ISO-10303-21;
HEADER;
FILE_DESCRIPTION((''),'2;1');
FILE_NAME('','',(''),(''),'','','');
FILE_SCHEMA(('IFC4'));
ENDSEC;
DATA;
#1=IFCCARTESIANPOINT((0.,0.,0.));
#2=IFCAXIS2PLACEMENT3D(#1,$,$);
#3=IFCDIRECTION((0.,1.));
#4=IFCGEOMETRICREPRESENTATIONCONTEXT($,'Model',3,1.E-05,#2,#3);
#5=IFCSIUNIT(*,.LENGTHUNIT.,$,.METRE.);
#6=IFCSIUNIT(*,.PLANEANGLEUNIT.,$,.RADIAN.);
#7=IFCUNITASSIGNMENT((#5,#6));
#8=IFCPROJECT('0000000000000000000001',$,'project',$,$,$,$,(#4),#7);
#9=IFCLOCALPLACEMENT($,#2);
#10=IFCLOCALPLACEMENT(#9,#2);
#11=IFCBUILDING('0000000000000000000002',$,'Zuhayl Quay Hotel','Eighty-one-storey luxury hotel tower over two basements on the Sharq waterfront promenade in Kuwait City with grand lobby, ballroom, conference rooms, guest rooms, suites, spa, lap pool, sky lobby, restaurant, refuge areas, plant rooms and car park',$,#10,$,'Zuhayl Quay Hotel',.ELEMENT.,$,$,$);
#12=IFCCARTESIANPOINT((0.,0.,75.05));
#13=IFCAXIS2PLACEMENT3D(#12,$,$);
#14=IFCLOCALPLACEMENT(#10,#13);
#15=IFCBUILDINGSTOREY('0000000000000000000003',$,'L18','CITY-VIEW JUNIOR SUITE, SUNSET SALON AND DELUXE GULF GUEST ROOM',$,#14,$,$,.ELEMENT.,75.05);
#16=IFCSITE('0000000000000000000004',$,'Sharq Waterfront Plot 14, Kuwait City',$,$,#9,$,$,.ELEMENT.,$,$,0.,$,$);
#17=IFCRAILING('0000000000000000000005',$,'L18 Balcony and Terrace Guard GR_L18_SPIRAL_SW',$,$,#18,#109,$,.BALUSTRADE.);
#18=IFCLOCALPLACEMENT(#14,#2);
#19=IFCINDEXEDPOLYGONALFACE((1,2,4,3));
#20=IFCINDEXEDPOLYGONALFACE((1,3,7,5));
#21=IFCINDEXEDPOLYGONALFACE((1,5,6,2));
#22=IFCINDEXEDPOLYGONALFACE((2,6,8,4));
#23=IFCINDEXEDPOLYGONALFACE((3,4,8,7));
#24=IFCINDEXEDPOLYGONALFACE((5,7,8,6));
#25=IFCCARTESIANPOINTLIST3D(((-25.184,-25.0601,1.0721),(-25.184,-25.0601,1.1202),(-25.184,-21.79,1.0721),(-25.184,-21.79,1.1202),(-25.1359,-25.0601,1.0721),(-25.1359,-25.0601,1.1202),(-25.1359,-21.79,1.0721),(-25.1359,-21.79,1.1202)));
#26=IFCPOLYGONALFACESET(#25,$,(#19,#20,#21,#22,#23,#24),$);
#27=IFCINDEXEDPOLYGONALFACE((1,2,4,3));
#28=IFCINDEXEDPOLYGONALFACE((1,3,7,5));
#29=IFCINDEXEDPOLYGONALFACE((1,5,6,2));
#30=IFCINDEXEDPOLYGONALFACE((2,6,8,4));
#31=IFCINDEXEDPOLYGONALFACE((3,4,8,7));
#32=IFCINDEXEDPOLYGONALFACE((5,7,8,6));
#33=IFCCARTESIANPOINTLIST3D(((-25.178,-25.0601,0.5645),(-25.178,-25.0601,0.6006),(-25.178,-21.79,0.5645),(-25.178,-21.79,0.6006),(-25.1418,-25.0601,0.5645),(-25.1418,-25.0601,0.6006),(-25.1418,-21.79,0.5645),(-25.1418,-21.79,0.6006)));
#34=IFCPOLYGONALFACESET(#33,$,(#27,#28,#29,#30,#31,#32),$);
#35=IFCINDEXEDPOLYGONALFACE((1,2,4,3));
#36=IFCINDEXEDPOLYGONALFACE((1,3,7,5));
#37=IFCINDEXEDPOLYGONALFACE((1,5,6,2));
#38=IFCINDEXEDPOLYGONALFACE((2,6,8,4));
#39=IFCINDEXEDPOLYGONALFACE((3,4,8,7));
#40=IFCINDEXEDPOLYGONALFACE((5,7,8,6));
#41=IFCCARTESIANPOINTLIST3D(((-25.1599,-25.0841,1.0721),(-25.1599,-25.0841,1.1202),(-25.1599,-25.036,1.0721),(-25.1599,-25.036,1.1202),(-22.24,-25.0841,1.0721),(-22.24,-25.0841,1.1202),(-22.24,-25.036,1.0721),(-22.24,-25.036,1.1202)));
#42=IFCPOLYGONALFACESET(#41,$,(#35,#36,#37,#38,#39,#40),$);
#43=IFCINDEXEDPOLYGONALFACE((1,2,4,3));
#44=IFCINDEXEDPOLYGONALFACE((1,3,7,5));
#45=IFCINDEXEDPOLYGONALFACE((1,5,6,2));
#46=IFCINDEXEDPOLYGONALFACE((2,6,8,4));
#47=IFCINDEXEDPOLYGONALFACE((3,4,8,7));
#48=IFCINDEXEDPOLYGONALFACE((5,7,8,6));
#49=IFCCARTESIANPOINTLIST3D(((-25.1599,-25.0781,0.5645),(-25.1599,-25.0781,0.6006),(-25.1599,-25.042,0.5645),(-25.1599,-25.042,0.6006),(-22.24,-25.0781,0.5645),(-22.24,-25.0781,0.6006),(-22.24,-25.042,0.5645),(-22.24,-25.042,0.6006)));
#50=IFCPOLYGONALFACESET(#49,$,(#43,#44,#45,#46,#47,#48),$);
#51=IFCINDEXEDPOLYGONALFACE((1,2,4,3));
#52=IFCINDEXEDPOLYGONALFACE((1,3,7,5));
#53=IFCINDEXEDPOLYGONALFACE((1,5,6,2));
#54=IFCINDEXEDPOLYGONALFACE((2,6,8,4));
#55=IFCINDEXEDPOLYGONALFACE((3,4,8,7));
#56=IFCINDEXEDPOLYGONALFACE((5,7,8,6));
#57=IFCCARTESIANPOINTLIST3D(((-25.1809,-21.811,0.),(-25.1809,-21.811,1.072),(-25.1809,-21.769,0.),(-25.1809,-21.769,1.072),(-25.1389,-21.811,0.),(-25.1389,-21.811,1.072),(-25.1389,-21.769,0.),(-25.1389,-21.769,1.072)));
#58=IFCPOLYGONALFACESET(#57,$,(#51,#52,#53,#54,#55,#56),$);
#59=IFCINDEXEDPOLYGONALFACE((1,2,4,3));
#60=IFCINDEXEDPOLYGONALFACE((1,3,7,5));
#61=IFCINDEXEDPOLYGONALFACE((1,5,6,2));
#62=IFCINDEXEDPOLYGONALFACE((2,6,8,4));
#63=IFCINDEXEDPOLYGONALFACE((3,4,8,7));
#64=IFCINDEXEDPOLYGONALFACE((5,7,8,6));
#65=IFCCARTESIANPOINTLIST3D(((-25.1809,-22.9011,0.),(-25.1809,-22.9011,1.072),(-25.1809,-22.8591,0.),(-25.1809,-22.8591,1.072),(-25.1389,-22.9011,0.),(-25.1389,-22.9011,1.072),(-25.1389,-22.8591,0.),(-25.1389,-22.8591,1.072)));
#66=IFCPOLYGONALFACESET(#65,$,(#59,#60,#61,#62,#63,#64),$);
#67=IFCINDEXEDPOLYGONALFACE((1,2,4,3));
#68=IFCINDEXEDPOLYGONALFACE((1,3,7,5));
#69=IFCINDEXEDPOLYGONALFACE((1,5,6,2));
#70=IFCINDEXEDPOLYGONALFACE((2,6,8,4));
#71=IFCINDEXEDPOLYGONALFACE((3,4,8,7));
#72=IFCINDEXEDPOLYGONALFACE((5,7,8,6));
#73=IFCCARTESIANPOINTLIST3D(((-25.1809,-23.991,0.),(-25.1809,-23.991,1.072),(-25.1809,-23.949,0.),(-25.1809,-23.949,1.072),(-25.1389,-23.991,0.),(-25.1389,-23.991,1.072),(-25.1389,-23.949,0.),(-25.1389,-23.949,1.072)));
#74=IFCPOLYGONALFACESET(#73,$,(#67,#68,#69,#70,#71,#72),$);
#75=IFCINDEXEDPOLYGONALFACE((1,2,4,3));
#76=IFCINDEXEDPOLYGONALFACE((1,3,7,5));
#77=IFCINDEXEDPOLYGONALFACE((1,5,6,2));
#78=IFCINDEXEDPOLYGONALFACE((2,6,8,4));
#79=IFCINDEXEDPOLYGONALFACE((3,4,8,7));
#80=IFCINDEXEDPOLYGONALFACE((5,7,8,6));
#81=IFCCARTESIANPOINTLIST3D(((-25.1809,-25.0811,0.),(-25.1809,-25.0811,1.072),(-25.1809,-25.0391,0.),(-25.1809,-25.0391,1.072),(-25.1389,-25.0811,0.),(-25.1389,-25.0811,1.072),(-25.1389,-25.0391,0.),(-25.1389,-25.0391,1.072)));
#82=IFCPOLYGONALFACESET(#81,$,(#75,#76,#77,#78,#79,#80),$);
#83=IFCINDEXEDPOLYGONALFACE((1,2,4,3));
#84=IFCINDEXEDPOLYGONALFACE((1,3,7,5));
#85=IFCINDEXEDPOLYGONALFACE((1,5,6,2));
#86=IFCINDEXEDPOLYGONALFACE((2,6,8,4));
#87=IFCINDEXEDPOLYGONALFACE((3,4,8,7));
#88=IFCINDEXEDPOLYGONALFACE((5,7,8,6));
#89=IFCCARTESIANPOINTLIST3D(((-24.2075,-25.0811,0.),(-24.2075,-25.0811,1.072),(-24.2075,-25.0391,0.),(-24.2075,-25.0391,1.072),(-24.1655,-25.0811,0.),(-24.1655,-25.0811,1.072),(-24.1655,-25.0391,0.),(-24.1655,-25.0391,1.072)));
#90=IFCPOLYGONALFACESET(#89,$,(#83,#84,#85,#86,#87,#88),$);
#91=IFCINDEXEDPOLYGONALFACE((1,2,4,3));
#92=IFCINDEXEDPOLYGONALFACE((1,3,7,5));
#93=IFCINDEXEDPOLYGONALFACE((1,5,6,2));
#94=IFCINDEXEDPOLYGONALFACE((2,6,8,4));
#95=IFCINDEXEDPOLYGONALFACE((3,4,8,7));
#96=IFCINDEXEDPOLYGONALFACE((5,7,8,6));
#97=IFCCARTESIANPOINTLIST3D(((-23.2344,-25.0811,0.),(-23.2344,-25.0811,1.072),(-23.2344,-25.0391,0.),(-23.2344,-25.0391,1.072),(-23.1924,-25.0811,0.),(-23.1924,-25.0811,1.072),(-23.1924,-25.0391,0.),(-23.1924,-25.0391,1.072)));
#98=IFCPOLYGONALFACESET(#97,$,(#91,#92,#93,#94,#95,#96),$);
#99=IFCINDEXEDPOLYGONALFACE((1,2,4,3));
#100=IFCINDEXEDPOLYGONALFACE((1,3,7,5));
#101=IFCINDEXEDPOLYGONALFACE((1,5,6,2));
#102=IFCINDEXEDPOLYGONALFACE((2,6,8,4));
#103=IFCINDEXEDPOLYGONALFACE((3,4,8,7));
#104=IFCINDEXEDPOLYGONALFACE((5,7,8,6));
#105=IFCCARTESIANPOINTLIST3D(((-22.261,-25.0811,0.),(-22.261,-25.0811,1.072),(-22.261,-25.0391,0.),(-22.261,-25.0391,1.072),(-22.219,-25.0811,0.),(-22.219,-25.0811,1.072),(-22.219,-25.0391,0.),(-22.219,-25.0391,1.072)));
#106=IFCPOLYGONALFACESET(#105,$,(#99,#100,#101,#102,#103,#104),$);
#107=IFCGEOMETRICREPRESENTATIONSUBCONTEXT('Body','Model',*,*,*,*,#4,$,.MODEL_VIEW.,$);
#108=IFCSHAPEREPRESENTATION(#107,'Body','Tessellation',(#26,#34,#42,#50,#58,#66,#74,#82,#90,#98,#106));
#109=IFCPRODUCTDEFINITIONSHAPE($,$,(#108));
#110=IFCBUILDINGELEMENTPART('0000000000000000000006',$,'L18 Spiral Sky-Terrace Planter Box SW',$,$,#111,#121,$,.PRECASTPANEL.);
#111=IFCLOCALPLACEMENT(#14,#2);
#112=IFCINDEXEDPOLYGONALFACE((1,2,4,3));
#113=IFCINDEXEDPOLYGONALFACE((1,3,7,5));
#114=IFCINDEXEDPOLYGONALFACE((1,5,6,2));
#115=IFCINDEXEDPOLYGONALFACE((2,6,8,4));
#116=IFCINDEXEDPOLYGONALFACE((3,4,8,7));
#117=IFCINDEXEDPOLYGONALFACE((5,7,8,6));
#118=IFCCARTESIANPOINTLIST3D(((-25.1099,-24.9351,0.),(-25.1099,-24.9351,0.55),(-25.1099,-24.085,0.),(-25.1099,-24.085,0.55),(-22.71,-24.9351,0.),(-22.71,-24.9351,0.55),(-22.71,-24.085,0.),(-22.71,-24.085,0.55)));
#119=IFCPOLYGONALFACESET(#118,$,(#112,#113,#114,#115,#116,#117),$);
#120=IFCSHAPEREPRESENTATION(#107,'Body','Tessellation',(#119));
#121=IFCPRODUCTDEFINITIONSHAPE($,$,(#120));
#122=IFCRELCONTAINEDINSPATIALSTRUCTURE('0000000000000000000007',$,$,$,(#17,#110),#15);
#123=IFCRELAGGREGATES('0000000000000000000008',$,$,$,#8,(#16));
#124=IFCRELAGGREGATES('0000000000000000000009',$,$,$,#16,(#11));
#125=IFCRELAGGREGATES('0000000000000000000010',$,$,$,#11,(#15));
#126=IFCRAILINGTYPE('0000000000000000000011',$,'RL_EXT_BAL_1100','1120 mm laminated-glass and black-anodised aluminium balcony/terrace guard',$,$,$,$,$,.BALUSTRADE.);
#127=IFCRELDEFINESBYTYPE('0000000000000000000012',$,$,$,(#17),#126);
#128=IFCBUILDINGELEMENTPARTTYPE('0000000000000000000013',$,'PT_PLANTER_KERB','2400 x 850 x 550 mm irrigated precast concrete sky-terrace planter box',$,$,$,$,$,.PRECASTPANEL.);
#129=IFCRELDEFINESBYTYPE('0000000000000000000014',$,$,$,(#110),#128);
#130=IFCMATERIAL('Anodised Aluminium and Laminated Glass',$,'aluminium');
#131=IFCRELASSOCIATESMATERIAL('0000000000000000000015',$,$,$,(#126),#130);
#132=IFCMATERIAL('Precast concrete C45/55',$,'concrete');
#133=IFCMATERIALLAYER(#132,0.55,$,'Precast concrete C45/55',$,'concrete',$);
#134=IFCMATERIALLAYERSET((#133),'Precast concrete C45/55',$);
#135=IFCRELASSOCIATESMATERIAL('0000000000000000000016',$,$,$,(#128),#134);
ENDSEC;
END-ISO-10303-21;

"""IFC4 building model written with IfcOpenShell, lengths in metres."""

from ifc_helpers import new_model, si_unit, direction, frame, origin, origin_2d, place, context, subcontext, project, spatial, rectangle, extrude, material, layer, layer_set, type_object, element, save


model = new_model("IFC4")

# Units and contexts
model_context = context("Model", 3, precision=1e-05, world=origin(), true_north=direction((0.0, 1.0)))
body_context = subcontext(model_context, "Body", "Model", "MODEL_VIEW")
ifc_project = project(units=[si_unit("LENGTHUNIT", "METRE"), si_unit("PLANEANGLEUNIT", "RADIAN")], contexts=[model_context])

# Site, building, storey
site_placement = place(None, origin())
site = spatial("IfcSite", under=ifc_project, at=site_placement, Name="Sharq Waterfront Plot 14, Kuwait City", CompositionType="ELEMENT", RefElevation=0.0)
building_placement = place(site_placement, origin())
building = spatial("IfcBuilding", under=site, at=building_placement, Name="Zuhayl Quay Hotel", Description="Eighty-one-storey luxury hotel tower over two basements on the Sharq waterfront promenade in Kuwait City with grand lobby, ballroom, conference rooms, guest rooms, suites, spa, lap pool, sky lobby, restaurant, refuge areas, plant rooms and car park", LongName="Zuhayl Quay Hotel", CompositionType="ELEMENT")
storey_placement = place(building_placement, frame((0.0, 0.0, 75.05)))
storey = spatial("IfcBuildingStorey", under=building, at=storey_placement, Name="L18", Description="CITY-VIEW JUNIOR SUITE, SUNSET SALON AND DELUXE GULF GUEST ROOM", CompositionType="ELEMENT", Elevation=75.05)

# Shared definitions
ifc_material_1 = material(Name="Precast concrete C45/55", Category="concrete")

# Railing
ifc_material_2 = material(Name="Anodised Aluminium and Laminated Glass", Category="aluminium")
railing_type = type_object("IfcRailingType", Name="RL_EXT_BAL_1100", Description="1120 mm laminated-glass and black-anodised aluminium balcony/terrace guard", PredefinedType="BALUSTRADE", material=ifc_material_2)
railing_1_placement = place(storey_placement, frame((-25.1599, -21.79, 0.0)))
element("IfcRailing", 1, at=railing_1_placement, inside=storey, type_object=railing_type, Name="L18 Balcony and Terrace Guard GR_L18_SPIRAL_SW", PredefinedType="BALUSTRADE", context=body_context, shape_type="SweptSolid", body=[
    extrude(rectangle(XDim=0.0481, YDim=0.0481, at=origin_2d()), frame((0.0, 0.0, 1.0962), z_axis=(0.0, -1.0, 0.0), x_axis=(1.0, 0.0, 0.0)), (0.0, 0.0, 1.0), 3.27),
    extrude(rectangle(XDim=0.0361, YDim=0.0361, at=origin_2d()), frame((0.0, 0.0, 0.5825), z_axis=(0.0, -1.0, 0.0), x_axis=(1.0, 0.0, 0.0)), (0.0, 0.0, 1.0), 3.27),
    extrude(rectangle(XDim=0.0481, YDim=0.0481, at=origin_2d()), frame((0.0, -3.27, 1.0962), z_axis=(1.0, 0.0, 0.0), x_axis=(0.0, 1.0, 0.0)), (0.0, 0.0, 1.0), 2.9199),
    extrude(rectangle(XDim=0.0361, YDim=0.0361, at=origin_2d()), frame((0.0, -3.27, 0.5825), z_axis=(1.0, 0.0, 0.0), x_axis=(0.0, 1.0, 0.0)), (0.0, 0.0, 1.0), 2.9199),
    extrude(rectangle(XDim=0.042, YDim=0.042, at=origin_2d()), origin(), (0.0, 0.0, 1.0), 1.072),
    extrude(rectangle(XDim=0.042, YDim=0.042, at=origin_2d()), frame((0.0, -1.0901, 0.0)), (0.0, 0.0, 1.0), 1.072),
    extrude(rectangle(XDim=0.042, YDim=0.042, at=origin_2d()), frame((0.0, -2.1799, 0.0)), (0.0, 0.0, 1.0), 1.072),
    extrude(rectangle(XDim=0.042, YDim=0.042, at=origin_2d()), frame((0.0, -3.27, 0.0)), (0.0, 0.0, 1.0), 1.072),
    extrude(rectangle(XDim=0.042, YDim=0.042, at=origin_2d()), frame((0.9734, -3.27, 0.0)), (0.0, 0.0, 1.0), 1.072),
    extrude(rectangle(XDim=0.042, YDim=0.042, at=origin_2d()), frame((1.9465, -3.27, 0.0)), (0.0, 0.0, 1.0), 1.072),
    extrude(rectangle(XDim=0.042, YDim=0.042, at=origin_2d()), frame((2.9199, -3.27, 0.0)), (0.0, 0.0, 1.0), 1.072),
])

# Building element part
ifc_layer_1 = layer(ifc_material_1, 0.55, Name="Precast concrete C45/55", Category="concrete")
ifc_layer_set_1 = layer_set([ifc_layer_1], Name="Precast concrete C45/55")
building_element_part_type = type_object("IfcBuildingElementPartType", Name="PT_PLANTER_KERB", Description="2400 x 850 x 550 mm irrigated precast concrete sky-terrace planter box", PredefinedType="PRECASTPANEL", material=ifc_layer_set_1)
building_element_part_placement = place(storey_placement, frame((-23.9099, -24.51, 0.0), z_axis=(0.0, 0.0, 1.0), x_axis=(1.0, 0.0, 0.0)))
element("IfcBuildingElementPart", 2, at=building_element_part_placement, inside=storey, type_object=building_element_part_type, Name="L18 Spiral Sky-Terrace Planter Box SW", PredefinedType="PRECASTPANEL", context=body_context, shape_type="SweptSolid", body=[
    extrude(rectangle(XDim=2.3999, YDim=0.8501, at=origin_2d()), origin(), (0.0, 0.0, 1.0), 0.55),
])

save(model, "model.ifc")
